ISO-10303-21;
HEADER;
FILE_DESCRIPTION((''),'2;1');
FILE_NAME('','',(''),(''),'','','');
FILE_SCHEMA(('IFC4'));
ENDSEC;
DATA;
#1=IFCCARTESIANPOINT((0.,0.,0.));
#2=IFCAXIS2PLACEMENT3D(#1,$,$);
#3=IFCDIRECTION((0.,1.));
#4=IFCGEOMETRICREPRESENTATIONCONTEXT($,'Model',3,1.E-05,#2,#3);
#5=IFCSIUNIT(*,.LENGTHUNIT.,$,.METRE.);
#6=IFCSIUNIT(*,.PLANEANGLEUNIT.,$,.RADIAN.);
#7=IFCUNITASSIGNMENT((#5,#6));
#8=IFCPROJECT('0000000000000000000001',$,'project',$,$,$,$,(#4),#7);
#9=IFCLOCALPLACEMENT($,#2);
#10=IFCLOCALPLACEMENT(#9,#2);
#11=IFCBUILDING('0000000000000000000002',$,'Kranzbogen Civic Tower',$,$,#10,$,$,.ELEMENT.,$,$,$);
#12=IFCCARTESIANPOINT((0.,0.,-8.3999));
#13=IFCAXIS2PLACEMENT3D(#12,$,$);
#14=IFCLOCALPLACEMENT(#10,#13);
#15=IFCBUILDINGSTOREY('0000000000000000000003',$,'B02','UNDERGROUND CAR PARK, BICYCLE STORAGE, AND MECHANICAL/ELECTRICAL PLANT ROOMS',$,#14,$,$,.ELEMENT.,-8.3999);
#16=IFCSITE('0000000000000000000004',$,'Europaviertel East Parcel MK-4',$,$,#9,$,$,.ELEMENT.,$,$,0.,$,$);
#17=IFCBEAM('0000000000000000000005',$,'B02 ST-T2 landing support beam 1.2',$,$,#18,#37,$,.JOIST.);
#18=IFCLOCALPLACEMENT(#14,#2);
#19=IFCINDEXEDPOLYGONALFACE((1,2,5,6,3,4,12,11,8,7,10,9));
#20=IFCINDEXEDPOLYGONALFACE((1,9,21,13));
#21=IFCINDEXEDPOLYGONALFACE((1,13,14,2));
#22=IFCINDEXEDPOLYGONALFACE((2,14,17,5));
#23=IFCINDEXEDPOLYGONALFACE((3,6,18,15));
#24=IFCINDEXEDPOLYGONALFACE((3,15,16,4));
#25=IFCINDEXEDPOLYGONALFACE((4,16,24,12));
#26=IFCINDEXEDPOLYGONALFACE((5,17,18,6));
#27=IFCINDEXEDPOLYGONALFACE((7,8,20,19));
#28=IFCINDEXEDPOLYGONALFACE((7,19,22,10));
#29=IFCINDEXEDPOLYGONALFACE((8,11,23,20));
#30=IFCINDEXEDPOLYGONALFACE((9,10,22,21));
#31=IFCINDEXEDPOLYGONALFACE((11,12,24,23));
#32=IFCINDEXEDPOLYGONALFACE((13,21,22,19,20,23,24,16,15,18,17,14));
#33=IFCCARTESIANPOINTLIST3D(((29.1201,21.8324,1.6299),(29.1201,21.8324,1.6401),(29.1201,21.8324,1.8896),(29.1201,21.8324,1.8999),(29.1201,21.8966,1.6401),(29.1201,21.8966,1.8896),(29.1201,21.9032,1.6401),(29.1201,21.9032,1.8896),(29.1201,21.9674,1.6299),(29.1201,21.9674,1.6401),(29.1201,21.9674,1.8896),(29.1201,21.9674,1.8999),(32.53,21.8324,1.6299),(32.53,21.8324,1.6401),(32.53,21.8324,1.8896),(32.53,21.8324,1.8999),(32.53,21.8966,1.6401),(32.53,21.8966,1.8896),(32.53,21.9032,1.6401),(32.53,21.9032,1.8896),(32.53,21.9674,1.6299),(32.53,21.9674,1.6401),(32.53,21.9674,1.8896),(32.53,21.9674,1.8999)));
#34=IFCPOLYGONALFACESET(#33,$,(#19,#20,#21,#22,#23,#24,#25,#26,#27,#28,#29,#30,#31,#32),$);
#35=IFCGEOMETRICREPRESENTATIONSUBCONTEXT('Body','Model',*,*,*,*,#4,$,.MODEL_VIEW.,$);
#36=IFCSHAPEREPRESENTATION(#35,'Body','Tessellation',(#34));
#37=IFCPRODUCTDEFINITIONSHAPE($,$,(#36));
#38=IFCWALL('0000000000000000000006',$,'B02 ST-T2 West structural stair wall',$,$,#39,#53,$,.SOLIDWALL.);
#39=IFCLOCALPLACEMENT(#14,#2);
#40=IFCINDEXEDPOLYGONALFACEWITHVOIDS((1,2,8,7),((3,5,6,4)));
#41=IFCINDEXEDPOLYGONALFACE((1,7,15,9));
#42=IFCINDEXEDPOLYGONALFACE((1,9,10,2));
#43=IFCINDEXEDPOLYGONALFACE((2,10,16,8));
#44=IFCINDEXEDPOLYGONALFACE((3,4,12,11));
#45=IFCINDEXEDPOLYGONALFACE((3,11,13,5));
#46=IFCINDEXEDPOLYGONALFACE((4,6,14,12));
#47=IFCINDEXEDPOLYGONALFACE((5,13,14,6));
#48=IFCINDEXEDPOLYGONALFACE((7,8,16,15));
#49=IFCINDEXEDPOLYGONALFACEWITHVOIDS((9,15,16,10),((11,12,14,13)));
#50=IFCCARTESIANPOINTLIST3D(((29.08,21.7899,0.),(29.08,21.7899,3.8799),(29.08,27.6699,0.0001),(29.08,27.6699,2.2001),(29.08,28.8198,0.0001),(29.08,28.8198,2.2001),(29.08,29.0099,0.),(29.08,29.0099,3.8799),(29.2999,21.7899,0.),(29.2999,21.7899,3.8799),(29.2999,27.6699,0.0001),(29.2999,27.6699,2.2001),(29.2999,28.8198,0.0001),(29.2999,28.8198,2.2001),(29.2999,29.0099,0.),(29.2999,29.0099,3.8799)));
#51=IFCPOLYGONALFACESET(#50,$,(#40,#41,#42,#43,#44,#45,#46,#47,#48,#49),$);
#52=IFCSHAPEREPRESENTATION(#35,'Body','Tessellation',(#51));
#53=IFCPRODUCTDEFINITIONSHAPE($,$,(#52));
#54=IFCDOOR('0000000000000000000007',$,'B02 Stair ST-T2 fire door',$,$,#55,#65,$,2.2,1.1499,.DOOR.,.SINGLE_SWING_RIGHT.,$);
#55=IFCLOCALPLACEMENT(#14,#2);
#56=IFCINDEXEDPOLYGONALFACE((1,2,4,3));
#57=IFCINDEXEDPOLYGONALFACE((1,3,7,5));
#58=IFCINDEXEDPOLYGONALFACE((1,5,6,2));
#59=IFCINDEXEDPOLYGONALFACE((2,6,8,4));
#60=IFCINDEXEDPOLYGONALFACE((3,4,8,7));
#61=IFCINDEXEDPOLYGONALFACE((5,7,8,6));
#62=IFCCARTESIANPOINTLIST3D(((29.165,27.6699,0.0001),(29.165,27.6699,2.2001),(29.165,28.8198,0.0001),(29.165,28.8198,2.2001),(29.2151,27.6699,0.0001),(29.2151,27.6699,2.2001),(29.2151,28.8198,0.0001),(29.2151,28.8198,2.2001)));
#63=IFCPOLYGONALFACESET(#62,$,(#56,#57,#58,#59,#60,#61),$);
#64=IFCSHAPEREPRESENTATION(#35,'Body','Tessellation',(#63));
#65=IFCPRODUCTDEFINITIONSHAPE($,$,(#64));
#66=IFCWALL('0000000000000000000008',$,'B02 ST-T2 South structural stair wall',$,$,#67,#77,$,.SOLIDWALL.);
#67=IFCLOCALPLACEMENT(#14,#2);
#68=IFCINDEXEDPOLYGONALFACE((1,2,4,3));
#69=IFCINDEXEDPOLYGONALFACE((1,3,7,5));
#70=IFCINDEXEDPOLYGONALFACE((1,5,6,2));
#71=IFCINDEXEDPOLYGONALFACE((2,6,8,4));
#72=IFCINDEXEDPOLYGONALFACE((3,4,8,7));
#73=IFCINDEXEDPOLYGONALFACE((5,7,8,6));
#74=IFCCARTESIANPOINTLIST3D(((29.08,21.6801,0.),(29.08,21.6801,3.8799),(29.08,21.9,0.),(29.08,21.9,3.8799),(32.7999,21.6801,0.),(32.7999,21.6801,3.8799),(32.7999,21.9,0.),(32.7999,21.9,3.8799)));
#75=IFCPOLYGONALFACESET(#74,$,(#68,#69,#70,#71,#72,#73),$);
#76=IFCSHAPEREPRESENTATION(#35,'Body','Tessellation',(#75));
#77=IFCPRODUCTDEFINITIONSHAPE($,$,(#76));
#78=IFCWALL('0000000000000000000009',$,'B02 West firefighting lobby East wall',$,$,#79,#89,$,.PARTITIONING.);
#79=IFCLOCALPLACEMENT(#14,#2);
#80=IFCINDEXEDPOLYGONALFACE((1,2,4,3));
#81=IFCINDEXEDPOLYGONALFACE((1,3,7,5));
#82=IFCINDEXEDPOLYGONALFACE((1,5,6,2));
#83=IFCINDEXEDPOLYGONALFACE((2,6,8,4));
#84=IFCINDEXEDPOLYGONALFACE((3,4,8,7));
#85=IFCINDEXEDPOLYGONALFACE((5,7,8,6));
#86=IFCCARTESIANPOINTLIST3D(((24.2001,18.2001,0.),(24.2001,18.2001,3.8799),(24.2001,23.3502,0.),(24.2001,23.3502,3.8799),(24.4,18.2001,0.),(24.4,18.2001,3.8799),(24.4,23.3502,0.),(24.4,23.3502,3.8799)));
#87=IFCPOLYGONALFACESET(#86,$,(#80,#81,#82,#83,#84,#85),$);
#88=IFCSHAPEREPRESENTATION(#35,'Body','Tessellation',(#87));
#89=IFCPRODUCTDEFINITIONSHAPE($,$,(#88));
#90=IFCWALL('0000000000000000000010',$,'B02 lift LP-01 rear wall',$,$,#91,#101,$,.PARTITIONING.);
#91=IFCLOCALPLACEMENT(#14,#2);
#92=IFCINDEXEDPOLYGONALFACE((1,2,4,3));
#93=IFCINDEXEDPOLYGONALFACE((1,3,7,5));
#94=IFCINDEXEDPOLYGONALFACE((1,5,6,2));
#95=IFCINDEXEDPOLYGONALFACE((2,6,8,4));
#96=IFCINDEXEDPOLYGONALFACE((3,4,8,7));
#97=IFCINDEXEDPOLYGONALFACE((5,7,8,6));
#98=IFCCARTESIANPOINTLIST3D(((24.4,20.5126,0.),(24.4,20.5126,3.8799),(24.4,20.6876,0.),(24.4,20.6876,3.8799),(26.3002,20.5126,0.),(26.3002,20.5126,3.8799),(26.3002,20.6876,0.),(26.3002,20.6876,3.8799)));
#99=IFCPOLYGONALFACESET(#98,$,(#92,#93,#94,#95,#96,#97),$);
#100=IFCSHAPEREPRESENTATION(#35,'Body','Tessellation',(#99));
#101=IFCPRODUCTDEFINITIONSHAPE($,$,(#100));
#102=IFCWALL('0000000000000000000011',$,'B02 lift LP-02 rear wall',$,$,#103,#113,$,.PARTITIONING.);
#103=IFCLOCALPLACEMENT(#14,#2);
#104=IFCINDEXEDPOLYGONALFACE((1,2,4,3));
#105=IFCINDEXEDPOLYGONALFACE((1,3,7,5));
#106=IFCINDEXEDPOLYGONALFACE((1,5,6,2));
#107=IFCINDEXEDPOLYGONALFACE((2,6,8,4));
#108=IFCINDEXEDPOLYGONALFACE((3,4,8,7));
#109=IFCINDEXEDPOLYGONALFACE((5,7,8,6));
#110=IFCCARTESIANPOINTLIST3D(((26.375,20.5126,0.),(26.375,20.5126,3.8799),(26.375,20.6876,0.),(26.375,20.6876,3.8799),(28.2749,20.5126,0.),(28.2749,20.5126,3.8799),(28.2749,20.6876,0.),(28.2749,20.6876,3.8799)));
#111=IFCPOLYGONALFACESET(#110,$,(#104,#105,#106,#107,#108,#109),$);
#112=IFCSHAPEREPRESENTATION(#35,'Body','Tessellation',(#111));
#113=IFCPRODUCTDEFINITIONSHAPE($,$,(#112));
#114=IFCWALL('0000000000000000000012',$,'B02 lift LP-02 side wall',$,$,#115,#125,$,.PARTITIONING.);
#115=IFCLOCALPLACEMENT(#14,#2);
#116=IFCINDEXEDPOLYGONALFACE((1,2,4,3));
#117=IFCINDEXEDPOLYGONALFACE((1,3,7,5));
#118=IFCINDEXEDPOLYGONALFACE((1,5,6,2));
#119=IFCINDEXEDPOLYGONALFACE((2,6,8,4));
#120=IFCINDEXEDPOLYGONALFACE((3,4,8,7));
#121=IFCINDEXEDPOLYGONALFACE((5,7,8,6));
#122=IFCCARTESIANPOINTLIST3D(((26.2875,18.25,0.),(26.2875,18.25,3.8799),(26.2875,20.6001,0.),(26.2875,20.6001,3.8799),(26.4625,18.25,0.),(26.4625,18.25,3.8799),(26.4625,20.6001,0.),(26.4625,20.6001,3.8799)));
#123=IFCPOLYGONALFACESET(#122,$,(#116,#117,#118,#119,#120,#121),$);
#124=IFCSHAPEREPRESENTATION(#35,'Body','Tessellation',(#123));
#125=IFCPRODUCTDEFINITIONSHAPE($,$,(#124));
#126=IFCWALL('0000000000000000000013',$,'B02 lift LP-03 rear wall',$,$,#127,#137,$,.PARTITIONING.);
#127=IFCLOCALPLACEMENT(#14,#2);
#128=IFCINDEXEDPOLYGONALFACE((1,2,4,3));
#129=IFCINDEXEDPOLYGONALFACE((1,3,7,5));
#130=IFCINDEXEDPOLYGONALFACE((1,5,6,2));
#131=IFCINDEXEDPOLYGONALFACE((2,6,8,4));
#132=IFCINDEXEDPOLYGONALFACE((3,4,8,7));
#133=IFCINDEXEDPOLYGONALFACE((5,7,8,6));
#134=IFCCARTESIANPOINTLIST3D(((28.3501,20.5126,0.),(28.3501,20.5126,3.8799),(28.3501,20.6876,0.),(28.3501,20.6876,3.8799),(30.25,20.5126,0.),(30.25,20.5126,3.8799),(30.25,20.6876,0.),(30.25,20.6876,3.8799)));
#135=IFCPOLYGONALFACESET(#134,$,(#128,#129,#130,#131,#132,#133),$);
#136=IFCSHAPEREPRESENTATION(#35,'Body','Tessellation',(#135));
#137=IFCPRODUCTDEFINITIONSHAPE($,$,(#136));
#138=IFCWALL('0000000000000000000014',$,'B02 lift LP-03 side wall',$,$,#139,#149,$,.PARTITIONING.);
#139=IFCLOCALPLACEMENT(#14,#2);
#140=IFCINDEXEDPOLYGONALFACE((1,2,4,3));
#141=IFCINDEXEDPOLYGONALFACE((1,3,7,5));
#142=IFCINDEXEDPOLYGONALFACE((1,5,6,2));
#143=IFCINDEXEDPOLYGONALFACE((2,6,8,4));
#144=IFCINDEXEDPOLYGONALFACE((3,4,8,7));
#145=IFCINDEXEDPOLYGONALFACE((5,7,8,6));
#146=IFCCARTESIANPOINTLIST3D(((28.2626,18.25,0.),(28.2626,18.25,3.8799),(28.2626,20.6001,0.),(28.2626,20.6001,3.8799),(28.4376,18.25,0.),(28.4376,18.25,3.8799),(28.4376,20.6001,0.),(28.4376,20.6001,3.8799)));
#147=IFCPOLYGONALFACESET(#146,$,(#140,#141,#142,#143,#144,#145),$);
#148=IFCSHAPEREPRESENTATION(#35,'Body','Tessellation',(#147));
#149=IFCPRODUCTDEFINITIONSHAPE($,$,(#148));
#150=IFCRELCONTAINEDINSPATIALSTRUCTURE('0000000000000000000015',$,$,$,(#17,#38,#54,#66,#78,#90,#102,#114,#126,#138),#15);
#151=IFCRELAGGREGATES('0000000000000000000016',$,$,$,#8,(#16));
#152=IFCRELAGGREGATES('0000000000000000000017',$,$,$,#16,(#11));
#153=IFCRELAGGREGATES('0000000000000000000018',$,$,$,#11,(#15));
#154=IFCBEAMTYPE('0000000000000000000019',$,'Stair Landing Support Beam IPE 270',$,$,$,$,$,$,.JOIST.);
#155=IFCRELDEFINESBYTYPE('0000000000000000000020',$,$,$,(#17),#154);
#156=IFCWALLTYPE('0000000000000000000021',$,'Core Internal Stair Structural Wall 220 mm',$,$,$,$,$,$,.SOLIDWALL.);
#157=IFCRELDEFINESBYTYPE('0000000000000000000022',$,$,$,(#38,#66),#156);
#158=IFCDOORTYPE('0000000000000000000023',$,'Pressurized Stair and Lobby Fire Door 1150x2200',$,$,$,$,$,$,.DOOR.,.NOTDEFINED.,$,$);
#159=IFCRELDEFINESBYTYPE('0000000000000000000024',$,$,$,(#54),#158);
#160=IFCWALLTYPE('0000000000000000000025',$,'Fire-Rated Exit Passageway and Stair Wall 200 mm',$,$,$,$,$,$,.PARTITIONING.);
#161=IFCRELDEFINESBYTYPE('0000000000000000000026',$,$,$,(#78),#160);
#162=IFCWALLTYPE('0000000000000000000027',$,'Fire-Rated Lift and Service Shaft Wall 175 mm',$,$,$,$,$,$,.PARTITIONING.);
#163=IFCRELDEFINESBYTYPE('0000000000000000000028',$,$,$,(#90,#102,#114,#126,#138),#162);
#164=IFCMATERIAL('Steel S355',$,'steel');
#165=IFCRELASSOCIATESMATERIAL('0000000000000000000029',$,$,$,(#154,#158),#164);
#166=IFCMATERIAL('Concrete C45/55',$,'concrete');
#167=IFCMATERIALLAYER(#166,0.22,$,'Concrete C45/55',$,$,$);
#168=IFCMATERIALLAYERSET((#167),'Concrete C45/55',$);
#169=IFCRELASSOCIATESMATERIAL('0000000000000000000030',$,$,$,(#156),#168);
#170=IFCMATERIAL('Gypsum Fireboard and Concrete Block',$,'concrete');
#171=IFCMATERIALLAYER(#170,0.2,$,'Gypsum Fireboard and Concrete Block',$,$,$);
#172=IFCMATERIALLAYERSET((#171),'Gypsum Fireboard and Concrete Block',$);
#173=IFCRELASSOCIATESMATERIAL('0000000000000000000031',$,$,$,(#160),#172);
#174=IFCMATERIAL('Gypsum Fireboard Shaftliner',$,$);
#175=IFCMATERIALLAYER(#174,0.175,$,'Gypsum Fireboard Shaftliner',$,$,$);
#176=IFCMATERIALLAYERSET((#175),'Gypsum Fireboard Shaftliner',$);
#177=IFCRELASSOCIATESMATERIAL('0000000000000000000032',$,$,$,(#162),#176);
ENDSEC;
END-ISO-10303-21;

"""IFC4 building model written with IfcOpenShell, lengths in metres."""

from ifc_helpers import new_model, si_unit, direction, frame, frame_2d, origin, origin_2d, place, context, subcontext, project, spatial, rectangle, i_section, extrude, material, layer, layer_set, material_profile, profile_set, type_object, element, fill, save


model = new_model("IFC4")

# Units and contexts
model_context = context("Model", 3, precision=1e-05, world=origin(), true_north=direction((0.0, 1.0)))
body_context = subcontext(model_context, "Body", "Model", "MODEL_VIEW")
ifc_project = project(units=[si_unit("LENGTHUNIT", "METRE"), si_unit("PLANEANGLEUNIT", "RADIAN")], contexts=[model_context])

# Site, building, storey
site_placement = place(None, origin())
site = spatial("IfcSite", under=ifc_project, at=site_placement, Name="Europaviertel East Parcel MK-4", CompositionType="ELEMENT", RefElevation=0.0)
building_placement = place(site_placement, origin())
building = spatial("IfcBuilding", under=site, at=building_placement, Name="Kranzbogen Civic Tower", CompositionType="ELEMENT")
storey_placement = place(building_placement, frame((0.0, 0.0, -8.3999)))
storey = spatial("IfcBuildingStorey", under=building, at=storey_placement, Name="B02", Description="UNDERGROUND CAR PARK, BICYCLE STORAGE, AND MECHANICAL/ELECTRICAL PLANT ROOMS", CompositionType="ELEMENT", Elevation=-8.3999)

# Shared definitions
ifc_material_1 = material(Name="Concrete C45/55", Category="concrete")

# Beam
ifc_material_2 = material(Name="Steel S355", Category="steel")
ifc_material_profile_1 = material_profile(ifc_material_2, i_section(OverallWidth=0.135, OverallDepth=0.27, WebThickness=0.0066, FlangeThickness=0.0103, at=origin_2d()), Name="IPE 270")
ifc_profile_set_1 = profile_set([ifc_material_profile_1], Name="Steel S355")
beam_type = type_object("IfcBeamType", Name="Stair Landing Support Beam IPE 270", PredefinedType="JOIST", material=ifc_profile_set_1)
for number, where, z_axis, x_axis, name in (
    (1, (29.1201, 21.8999, 1.7649), (1.0, 0.0, 0.0), (0.0, 1.0, 0.0), "B02 ST-T2 landing support beam 1.2"),
):
    element("IfcBeam", number, at=place(storey_placement, frame(where, z_axis=z_axis, x_axis=x_axis)), inside=storey, type_object=beam_type, Name=name, PredefinedType="JOIST", context=body_context, shape_type="SweptSolid", body=[
        extrude(i_section(OverallWidth=0.135, OverallDepth=0.27, WebThickness=0.0066, FlangeThickness=0.0103, at=origin_2d()), origin(), (0.0, 0.0, 1.0), 3.4099),
    ])

# Wall, opening, door
ifc_layer_1 = layer(ifc_material_1, 0.22, Name="Concrete C45/55")
ifc_layer_set_1 = layer_set([ifc_layer_1], Name="Concrete C45/55")
wall_type_1 = type_object("IfcWallType", Name="Core Internal Stair Structural Wall 220 mm", PredefinedType="SOLIDWALL", material=ifc_layer_set_1)
wall_1_placement = place(storey_placement, frame((29.1899, 21.79, 0.0), z_axis=(0.0, 0.0, 1.0), x_axis=(0.0, 1.0, 0.0)))
wall_1 = element("IfcWall", 2, at=wall_1_placement, inside=storey, type_object=wall_type_1, Name="B02 ST-T2 West structural stair wall", PredefinedType="SOLIDWALL", context=body_context, shape_type="SweptSolid", body=[
    extrude(rectangle(XDim=7.22, YDim=0.22, at=frame_2d((3.6099, 0.0))), origin(), (0.0, 0.0, 1.0), 3.8799),
])
opening_1_placement = place(wall_1_placement, frame((5.8799, 0.0, 0.0)))
opening_1 = element("IfcOpeningElement", 3, at=opening_1_placement, cuts=wall_1, PredefinedType="OPENING", context=body_context, shape_type="SweptSolid", body=[
    extrude(rectangle(XDim=1.1499, YDim=2.2, at=frame_2d((0.575, 1.1001))), frame((0.0, 0.1201, 0.0), z_axis=(0.0, -1.0, 0.0), x_axis=(1.0, 0.0, 0.0)), (0.0, 0.0, 1.0), 0.24),
])
door_type_1 = type_object("IfcDoorType", Name="Pressurized Stair and Lobby Fire Door 1150x2200", OperationType="NOTDEFINED", PredefinedType="DOOR", material=ifc_material_2)
door_1_placement = place(opening_1_placement, origin())
door_1 = element("IfcDoor", 4, at=door_1_placement, inside=storey, type_object=door_type_1, Name="B02 Stair ST-T2 fire door", OperationType="SINGLE_SWING_RIGHT", OverallHeight=2.2, OverallWidth=1.1499, PredefinedType="DOOR", context=body_context, shape_type="SweptSolid", body=[
    extrude(rectangle(XDim=1.1499, YDim=2.2, at=frame_2d((0.575, 1.1001))), frame((0.0, 0.0249, 0.0), z_axis=(0.0, -1.0, 0.0), x_axis=(1.0, 0.0, 0.0)), (0.0, 0.0, 1.0), 0.05),
])
fill(opening_1, door_1)

# Walls
wall_2_placement = place(storey_placement, frame((29.0801, 21.79, 0.0), z_axis=(0.0, 0.0, 1.0), x_axis=(1.0, 0.0, 0.0)))
element("IfcWall", 5, at=wall_2_placement, inside=storey, type_object=wall_type_1, Name="B02 ST-T2 South structural stair wall", PredefinedType="SOLIDWALL", context=body_context, shape_type="SweptSolid", body=[
    extrude(rectangle(XDim=3.72, YDim=0.22, at=frame_2d((1.8599, 0.0))), origin(), (0.0, 0.0, 1.0), 3.8799),
])
ifc_material_3 = material(Name="Gypsum Fireboard and Concrete Block", Category="concrete")
ifc_layer_2 = layer(ifc_material_3, 0.2, Name="Gypsum Fireboard and Concrete Block")
ifc_layer_set_2 = layer_set([ifc_layer_2], Name="Gypsum Fireboard and Concrete Block")
wall_type_2 = type_object("IfcWallType", Name="Fire-Rated Exit Passageway and Stair Wall 200 mm", PredefinedType="PARTITIONING", material=ifc_layer_set_2)
wall_3_placement = place(storey_placement, frame((24.3, 18.2, 0.0), z_axis=(0.0, 0.0, 1.0), x_axis=(0.0, 1.0, 0.0)))
element("IfcWall", 6, at=wall_3_placement, inside=storey, type_object=wall_type_2, Name="B02 West firefighting lobby East wall", PredefinedType="PARTITIONING", context=body_context, shape_type="SweptSolid", body=[
    extrude(rectangle(XDim=5.1501, YDim=0.2, at=frame_2d((2.5752, 0.0))), origin(), (0.0, 0.0, 1.0), 3.8799),
])
ifc_material_4 = material(Name="Gypsum Fireboard Shaftliner")
ifc_layer_3 = layer(ifc_material_4, 0.175, Name="Gypsum Fireboard Shaftliner")
ifc_layer_set_3 = layer_set([ifc_layer_3], Name="Gypsum Fireboard Shaftliner")
wall_type_3 = type_object("IfcWallType", Name="Fire-Rated Lift and Service Shaft Wall 175 mm", PredefinedType="PARTITIONING", material=ifc_layer_set_3)
wall_4_placement = place(storey_placement, frame((24.3999, 20.6001, 0.0), z_axis=(0.0, 0.0, 1.0), x_axis=(1.0, 0.0, 0.0)))
element("IfcWall", 7, at=wall_4_placement, inside=storey, type_object=wall_type_3, Name="B02 lift LP-01 rear wall", PredefinedType="PARTITIONING", context=body_context, shape_type="SweptSolid", body=[
    extrude(rectangle(XDim=1.9001, YDim=0.175, at=frame_2d((0.9502, 0.0))), origin(), (0.0, 0.0, 1.0), 3.8799),
])
wall_5_placement = place(storey_placement, frame((26.375, 20.6001, 0.0), z_axis=(0.0, 0.0, 1.0), x_axis=(1.0, 0.0, 0.0)))
element("IfcWall", 8, at=wall_5_placement, inside=storey, type_object=wall_type_3, Name="B02 lift LP-02 rear wall", PredefinedType="PARTITIONING", context=body_context, shape_type="SweptSolid", body=[
    extrude(rectangle(XDim=1.8999, YDim=0.175, at=frame_2d((0.95, 0.0))), origin(), (0.0, 0.0, 1.0), 3.8799),
])
wall_6_placement = place(storey_placement, frame((26.375, 18.25, 0.0), z_axis=(0.0, 0.0, 1.0), x_axis=(0.0, 1.0, 0.0)))
element("IfcWall", 9, at=wall_6_placement, inside=storey, type_object=wall_type_3, Name="B02 lift LP-02 side wall", PredefinedType="PARTITIONING", context=body_context, shape_type="SweptSolid", body=[
    extrude(rectangle(XDim=2.3501, YDim=0.175, at=frame_2d((1.175, 0.0))), origin(), (0.0, 0.0, 1.0), 3.8799),
])
wall_7_placement = place(storey_placement, frame((28.3501, 20.6001, 0.0), z_axis=(0.0, 0.0, 1.0), x_axis=(1.0, 0.0, 0.0)))
element("IfcWall", 10, at=wall_7_placement, inside=storey, type_object=wall_type_3, Name="B02 lift LP-03 rear wall", PredefinedType="PARTITIONING", context=body_context, shape_type="SweptSolid", body=[
    extrude(rectangle(XDim=1.8999, YDim=0.175, at=frame_2d((0.95, 0.0))), origin(), (0.0, 0.0, 1.0), 3.8799),
])
wall_8_placement = place(storey_placement, frame((28.3501, 18.25, 0.0), z_axis=(0.0, 0.0, 1.0), x_axis=(0.0, 1.0, 0.0)))
element("IfcWall", 11, at=wall_8_placement, inside=storey, type_object=wall_type_3, Name="B02 lift LP-03 side wall", PredefinedType="PARTITIONING", context=body_context, shape_type="SweptSolid", body=[
    extrude(rectangle(XDim=2.3501, YDim=0.175, at=frame_2d((1.175, 0.0))), origin(), (0.0, 0.0, 1.0), 3.8799),
])

save(model, "model.ifc")
